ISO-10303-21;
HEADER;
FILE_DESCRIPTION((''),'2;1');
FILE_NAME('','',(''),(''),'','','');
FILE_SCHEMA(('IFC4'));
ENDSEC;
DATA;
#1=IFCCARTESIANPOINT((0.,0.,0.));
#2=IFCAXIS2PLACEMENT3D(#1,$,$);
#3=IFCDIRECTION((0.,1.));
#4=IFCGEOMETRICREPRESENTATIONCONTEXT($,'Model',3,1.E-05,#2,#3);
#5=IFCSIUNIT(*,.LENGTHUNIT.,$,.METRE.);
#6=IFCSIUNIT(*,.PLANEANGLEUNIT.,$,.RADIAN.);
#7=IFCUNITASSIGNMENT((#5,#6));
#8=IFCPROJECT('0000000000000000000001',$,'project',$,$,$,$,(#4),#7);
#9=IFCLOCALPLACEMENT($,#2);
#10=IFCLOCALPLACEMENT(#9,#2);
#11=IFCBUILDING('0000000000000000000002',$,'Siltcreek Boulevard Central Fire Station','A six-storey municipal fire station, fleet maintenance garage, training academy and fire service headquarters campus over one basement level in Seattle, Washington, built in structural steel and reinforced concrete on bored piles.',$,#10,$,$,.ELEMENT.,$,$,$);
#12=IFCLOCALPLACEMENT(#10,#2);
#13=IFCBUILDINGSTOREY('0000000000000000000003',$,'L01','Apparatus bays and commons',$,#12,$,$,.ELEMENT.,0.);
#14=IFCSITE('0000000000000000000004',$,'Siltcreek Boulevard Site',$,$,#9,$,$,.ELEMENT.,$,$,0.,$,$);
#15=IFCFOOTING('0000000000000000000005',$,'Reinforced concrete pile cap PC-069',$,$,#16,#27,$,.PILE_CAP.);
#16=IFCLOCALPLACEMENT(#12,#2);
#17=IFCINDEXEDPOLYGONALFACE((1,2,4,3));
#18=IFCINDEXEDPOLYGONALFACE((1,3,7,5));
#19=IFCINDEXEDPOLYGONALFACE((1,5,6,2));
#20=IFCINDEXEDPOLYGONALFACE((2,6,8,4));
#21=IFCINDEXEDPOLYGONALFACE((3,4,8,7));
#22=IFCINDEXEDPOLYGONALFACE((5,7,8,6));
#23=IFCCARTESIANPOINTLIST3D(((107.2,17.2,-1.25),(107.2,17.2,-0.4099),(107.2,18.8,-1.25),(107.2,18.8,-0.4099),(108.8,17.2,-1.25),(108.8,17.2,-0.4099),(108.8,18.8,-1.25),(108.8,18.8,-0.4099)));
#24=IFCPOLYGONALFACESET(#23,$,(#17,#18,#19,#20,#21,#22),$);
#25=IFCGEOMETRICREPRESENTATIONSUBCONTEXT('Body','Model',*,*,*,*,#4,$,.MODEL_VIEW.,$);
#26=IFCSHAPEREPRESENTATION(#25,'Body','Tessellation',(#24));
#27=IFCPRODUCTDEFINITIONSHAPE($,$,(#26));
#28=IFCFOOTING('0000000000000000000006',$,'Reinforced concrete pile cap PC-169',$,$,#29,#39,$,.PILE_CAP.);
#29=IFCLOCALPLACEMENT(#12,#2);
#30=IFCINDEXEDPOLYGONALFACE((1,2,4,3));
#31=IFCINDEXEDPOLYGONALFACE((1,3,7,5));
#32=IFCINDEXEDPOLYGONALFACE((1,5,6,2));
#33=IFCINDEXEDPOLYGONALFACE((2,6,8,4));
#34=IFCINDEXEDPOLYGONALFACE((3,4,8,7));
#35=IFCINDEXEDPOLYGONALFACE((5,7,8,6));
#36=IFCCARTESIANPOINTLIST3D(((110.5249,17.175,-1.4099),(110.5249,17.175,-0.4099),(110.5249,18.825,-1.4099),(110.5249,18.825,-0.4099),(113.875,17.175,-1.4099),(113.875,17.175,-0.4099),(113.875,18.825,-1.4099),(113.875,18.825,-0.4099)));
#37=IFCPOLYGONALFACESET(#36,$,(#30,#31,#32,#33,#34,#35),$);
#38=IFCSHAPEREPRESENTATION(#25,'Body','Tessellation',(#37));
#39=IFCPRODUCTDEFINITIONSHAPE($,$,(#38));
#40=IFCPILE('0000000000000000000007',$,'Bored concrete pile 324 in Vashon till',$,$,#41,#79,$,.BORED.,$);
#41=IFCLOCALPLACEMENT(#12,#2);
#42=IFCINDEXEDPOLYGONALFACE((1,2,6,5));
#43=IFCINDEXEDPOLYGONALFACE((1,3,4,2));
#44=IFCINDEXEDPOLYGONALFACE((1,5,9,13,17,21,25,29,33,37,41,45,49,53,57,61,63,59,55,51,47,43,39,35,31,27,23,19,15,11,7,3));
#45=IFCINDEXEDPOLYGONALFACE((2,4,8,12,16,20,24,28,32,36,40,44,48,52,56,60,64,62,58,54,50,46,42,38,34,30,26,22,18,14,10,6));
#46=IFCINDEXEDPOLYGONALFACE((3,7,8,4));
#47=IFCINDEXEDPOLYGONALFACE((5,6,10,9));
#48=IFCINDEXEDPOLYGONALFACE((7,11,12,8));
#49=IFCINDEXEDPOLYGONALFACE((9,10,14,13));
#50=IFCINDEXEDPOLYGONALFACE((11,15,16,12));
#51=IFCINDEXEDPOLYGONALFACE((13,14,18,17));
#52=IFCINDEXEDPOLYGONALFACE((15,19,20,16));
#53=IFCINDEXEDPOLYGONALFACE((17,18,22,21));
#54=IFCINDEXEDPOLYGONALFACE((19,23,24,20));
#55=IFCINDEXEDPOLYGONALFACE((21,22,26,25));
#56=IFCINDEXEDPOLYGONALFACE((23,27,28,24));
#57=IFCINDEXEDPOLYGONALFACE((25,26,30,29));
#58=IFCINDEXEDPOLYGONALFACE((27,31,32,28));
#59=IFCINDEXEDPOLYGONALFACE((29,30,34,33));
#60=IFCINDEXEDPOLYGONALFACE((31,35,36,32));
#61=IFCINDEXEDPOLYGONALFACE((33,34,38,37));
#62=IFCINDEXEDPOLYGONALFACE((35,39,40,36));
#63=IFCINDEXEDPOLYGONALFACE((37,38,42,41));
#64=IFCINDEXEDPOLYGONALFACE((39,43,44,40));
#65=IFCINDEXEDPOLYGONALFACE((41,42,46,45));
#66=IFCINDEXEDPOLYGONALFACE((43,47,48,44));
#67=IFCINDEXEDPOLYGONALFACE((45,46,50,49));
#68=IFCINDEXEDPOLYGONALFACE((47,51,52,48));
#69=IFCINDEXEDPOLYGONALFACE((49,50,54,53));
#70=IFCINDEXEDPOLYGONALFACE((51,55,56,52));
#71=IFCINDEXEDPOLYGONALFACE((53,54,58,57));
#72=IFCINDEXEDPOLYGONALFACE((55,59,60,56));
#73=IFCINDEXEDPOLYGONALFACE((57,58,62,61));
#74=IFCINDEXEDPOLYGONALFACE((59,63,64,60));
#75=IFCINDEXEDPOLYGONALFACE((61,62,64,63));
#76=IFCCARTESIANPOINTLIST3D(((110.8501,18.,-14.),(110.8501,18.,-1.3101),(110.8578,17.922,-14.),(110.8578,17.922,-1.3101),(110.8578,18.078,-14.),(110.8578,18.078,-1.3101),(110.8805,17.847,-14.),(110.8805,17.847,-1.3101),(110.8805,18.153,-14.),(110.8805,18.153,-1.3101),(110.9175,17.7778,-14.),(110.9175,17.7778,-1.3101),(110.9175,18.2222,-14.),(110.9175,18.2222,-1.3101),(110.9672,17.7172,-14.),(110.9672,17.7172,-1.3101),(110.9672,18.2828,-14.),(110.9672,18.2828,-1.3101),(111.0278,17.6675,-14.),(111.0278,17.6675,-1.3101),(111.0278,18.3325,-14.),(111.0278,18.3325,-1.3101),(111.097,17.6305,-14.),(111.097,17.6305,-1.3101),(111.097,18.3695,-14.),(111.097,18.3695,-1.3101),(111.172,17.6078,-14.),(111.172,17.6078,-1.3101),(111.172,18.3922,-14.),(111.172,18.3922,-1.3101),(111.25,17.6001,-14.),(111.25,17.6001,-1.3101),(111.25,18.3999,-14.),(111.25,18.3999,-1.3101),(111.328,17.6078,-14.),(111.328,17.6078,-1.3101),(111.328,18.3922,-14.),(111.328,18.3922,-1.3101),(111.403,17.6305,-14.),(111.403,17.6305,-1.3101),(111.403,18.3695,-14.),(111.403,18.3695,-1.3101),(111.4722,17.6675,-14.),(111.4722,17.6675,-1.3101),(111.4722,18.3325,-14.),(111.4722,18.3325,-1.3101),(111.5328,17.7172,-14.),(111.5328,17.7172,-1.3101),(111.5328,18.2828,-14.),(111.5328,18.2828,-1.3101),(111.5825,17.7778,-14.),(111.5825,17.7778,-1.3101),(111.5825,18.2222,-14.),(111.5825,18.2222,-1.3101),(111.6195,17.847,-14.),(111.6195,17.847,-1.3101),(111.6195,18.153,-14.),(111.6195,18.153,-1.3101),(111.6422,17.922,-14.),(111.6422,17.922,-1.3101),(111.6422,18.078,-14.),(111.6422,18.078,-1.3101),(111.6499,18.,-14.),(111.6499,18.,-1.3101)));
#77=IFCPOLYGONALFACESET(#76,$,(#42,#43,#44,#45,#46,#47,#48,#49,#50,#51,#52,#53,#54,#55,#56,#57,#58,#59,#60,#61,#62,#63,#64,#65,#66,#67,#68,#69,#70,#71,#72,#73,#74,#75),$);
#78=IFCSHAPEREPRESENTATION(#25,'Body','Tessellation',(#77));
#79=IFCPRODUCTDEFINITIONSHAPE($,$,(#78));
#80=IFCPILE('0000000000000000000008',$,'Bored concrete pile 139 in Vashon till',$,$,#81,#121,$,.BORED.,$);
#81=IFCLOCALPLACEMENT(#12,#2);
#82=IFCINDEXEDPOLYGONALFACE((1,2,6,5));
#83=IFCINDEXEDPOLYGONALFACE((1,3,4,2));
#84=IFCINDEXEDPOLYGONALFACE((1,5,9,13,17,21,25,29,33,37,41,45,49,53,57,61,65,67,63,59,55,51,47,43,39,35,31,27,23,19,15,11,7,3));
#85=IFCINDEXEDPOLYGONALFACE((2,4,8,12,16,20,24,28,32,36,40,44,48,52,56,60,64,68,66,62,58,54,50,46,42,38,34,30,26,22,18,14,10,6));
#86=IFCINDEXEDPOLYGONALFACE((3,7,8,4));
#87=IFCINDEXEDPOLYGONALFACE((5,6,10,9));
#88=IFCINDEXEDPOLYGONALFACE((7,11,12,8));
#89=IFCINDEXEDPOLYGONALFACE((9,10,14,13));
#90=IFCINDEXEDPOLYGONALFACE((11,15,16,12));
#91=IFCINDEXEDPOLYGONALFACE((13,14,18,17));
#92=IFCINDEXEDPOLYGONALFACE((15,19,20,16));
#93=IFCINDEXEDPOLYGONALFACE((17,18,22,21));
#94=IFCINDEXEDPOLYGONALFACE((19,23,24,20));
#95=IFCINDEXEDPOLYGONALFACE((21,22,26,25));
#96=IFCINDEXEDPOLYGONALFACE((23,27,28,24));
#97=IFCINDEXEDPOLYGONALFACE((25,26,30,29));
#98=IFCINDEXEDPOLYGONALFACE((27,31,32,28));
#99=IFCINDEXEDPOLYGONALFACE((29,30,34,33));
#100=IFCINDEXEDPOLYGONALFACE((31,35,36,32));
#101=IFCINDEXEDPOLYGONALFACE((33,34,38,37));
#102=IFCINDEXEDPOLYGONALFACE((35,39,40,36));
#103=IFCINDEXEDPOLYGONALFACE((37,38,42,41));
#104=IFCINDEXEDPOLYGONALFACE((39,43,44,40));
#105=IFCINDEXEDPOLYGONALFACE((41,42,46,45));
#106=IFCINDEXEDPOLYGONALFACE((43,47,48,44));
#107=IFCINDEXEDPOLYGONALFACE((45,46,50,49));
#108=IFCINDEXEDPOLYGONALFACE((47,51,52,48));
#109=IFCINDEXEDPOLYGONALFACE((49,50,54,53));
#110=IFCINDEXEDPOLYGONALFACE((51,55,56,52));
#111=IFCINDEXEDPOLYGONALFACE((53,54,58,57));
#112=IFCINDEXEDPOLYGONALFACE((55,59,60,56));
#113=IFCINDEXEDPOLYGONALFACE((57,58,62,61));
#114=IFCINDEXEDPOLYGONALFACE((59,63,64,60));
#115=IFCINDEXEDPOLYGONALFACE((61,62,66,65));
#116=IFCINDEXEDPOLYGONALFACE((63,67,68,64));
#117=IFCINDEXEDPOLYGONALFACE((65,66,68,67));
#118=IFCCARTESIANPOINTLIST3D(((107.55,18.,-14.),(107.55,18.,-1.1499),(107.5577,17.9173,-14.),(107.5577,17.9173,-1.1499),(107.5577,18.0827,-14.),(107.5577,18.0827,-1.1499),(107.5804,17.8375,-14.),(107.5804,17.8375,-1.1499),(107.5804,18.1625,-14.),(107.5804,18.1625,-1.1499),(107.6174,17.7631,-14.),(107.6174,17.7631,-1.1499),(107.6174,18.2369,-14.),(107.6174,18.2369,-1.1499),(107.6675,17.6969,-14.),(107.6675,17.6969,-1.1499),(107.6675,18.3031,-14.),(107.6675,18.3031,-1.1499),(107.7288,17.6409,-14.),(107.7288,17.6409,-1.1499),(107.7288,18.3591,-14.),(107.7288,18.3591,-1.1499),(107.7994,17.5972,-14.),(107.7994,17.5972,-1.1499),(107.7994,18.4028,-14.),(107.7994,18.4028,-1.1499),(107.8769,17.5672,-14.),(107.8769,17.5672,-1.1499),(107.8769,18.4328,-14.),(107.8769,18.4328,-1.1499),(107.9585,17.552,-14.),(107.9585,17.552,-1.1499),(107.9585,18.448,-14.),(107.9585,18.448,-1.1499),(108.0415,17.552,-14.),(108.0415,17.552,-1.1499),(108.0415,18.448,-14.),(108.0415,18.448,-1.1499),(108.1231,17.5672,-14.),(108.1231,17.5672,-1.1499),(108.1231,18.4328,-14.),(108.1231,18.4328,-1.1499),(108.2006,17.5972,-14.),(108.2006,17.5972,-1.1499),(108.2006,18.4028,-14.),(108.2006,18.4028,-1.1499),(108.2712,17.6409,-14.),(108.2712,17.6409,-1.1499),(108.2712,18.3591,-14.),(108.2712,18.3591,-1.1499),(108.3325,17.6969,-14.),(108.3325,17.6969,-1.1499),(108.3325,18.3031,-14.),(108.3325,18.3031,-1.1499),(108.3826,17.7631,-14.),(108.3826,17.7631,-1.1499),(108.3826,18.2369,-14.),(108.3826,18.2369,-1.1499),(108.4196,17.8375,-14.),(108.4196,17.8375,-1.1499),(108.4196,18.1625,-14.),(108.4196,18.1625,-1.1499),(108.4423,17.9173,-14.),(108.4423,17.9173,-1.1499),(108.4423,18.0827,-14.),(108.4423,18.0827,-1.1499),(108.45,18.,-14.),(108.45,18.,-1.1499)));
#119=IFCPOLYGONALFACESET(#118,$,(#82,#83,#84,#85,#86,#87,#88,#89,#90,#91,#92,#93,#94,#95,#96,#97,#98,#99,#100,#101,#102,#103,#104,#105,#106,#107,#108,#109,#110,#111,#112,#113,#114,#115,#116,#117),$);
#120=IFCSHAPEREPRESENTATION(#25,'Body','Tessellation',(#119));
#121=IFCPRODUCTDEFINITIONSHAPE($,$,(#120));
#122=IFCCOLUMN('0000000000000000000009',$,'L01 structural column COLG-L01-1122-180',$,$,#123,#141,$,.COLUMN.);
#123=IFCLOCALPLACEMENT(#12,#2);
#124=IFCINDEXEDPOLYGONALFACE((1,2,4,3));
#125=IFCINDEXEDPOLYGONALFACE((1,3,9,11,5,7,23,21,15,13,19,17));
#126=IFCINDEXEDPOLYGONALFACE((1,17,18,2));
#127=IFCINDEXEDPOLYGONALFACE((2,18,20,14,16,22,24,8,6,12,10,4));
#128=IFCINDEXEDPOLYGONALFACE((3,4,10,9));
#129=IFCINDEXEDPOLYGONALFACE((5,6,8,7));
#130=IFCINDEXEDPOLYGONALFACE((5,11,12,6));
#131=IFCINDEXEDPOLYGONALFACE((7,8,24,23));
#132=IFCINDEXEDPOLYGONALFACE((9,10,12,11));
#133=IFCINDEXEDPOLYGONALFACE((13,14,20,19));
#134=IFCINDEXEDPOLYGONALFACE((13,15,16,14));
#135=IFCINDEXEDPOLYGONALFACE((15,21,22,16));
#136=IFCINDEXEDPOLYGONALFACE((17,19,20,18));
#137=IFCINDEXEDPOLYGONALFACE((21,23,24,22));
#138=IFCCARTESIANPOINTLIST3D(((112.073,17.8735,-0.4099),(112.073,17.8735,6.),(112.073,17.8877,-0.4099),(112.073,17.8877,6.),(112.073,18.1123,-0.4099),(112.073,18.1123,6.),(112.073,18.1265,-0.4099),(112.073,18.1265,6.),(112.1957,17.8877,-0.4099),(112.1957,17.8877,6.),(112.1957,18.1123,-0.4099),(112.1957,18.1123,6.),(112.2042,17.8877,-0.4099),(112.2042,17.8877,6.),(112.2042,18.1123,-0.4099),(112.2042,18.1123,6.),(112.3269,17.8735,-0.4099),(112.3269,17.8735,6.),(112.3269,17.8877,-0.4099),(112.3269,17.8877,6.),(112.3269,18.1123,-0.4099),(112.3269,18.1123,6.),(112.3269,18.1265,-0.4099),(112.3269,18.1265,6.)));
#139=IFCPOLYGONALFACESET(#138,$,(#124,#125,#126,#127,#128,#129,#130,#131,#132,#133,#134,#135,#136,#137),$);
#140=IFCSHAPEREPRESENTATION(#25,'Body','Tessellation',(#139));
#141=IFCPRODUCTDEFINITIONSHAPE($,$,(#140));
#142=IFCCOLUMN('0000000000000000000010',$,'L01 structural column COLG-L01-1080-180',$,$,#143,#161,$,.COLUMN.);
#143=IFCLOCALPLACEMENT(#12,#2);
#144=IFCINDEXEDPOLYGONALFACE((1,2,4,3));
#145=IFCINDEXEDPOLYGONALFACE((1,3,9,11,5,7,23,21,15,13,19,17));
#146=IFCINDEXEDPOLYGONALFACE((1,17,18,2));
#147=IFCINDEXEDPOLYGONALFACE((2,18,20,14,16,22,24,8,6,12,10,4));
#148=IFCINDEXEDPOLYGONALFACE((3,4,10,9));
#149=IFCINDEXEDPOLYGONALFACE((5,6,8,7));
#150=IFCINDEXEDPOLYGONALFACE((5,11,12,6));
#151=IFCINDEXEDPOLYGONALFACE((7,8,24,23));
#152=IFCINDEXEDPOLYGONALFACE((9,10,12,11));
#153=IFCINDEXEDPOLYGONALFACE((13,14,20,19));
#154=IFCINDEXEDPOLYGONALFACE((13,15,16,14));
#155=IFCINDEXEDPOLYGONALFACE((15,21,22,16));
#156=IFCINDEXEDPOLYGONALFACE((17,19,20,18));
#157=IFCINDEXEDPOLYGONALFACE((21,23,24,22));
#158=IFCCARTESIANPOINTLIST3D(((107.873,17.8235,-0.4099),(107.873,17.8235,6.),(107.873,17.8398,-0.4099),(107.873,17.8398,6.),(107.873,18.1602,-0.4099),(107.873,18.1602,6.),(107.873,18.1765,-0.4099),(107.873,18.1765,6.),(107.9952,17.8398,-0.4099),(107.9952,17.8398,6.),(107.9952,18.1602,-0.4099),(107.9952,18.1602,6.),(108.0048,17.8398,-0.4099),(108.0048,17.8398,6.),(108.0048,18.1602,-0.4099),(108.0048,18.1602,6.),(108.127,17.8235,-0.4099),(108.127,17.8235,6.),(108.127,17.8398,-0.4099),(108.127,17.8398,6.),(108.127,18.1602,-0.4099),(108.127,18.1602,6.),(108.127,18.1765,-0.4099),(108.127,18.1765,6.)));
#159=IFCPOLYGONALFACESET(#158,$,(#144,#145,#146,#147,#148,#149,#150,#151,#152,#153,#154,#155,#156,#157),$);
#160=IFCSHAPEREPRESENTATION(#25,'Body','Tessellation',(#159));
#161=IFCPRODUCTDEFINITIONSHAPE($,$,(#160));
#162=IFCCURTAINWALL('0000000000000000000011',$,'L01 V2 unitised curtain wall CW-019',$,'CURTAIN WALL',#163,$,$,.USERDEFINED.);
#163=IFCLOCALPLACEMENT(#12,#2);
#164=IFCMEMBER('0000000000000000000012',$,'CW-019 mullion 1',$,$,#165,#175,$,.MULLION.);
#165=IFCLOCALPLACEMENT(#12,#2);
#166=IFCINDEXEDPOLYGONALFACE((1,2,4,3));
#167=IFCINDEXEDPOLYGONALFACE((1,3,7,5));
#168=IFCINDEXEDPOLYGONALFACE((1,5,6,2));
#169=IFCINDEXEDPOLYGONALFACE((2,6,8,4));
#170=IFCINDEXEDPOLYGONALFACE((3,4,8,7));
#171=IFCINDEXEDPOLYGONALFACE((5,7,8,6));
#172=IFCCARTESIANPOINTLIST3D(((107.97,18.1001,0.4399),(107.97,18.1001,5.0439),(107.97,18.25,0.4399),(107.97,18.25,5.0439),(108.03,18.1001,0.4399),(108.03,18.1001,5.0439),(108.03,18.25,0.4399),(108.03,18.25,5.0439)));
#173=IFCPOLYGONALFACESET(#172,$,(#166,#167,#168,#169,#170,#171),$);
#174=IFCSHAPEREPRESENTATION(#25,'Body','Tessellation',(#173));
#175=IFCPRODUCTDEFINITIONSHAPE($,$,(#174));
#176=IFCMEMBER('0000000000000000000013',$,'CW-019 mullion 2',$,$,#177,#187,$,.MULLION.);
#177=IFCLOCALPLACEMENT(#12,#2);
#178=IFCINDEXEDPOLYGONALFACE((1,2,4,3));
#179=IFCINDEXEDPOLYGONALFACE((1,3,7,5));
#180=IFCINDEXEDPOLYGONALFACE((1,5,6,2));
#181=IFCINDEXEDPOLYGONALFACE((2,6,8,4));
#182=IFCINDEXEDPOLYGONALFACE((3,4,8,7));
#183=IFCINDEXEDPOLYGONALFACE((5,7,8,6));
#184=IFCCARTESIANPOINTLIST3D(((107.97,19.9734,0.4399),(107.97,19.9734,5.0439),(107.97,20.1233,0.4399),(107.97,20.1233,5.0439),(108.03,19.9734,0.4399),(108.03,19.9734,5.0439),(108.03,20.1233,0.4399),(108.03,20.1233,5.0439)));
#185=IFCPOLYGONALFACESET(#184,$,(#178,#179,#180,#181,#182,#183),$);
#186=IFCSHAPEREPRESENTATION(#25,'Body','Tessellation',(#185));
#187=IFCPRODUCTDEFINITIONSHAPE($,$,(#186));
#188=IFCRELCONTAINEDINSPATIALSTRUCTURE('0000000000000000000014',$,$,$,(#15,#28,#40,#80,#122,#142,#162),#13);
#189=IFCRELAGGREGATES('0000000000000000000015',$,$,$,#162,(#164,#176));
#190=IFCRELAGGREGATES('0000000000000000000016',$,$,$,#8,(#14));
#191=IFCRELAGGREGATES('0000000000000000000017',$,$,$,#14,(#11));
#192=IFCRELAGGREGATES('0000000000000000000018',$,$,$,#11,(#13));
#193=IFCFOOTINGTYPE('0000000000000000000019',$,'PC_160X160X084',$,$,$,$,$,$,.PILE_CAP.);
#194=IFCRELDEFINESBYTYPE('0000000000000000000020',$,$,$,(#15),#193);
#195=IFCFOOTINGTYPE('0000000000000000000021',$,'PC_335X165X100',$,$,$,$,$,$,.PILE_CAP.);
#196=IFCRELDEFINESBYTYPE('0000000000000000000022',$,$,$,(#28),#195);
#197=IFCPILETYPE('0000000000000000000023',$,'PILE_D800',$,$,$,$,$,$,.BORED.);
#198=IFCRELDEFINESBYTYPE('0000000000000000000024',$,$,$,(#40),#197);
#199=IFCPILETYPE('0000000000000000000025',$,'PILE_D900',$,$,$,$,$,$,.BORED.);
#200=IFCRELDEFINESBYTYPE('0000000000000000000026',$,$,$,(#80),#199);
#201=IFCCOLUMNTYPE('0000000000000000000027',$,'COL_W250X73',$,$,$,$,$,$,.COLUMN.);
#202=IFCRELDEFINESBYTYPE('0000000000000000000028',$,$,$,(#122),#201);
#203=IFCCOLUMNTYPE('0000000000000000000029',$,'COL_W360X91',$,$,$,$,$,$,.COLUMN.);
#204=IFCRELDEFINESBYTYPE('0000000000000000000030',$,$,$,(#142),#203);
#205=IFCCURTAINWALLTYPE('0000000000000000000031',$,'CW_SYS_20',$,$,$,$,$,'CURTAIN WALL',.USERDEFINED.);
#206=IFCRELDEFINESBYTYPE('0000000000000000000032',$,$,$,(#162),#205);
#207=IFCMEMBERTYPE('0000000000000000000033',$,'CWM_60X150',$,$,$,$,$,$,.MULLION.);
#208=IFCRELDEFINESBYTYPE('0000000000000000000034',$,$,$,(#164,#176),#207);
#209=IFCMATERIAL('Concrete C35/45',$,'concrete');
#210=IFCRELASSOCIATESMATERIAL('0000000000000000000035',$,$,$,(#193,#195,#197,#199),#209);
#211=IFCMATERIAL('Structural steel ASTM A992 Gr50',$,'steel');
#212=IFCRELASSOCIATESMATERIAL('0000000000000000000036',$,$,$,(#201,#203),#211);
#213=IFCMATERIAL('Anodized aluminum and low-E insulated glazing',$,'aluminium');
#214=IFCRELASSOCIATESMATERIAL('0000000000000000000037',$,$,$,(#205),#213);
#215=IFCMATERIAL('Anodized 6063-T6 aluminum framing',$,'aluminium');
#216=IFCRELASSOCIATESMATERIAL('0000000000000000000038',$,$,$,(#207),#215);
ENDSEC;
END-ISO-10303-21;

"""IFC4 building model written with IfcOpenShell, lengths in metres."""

from ifc_helpers import new_model, si_unit, direction, frame, origin, origin_2d, place, context, subcontext, project, spatial, rectangle, circle, i_section, extrude, material, material_profile, profile_set, type_object, element, aggregate, save


model = new_model("IFC4")

# Units and contexts
model_context = context("Model", 3, precision=1e-05, world=origin(), true_north=direction((0.0, 1.0)))
body_context = subcontext(model_context, "Body", "Model", "MODEL_VIEW")
ifc_project = project(units=[si_unit("LENGTHUNIT", "METRE"), si_unit("PLANEANGLEUNIT", "RADIAN")], contexts=[model_context])

# Site, building, storey
site_placement = place(None, origin())
site = spatial("IfcSite", under=ifc_project, at=site_placement, Name="Siltcreek Boulevard Site", CompositionType="ELEMENT", RefElevation=0.0)
building_placement = place(site_placement, origin())
building = spatial("IfcBuilding", under=site, at=building_placement, Name="Siltcreek Boulevard Central Fire Station", Description="A six-storey municipal fire station, fleet maintenance garage, training academy and fire service headquarters campus over one basement level in Seattle, Washington, built in structural steel and reinforced concrete on bored piles.", CompositionType="ELEMENT")
storey_placement = place(building_placement, origin())
storey = spatial("IfcBuildingStorey", under=building, at=storey_placement, Name="L01", Description="Apparatus bays and commons", CompositionType="ELEMENT", Elevation=0.0)

# Footings
ifc_material_1 = material(Name="Concrete C35/45", Category="concrete")
footing_type_1 = type_object("IfcFootingType", Name="PC_160X160X084", PredefinedType="PILE_CAP", material=ifc_material_1)
footing_1_placement = place(storey_placement, frame((108.0, 18.0, -1.25), z_axis=(0.0, 0.0, 1.0), x_axis=(1.0, 0.0, 0.0)))
element("IfcFooting", 1, at=footing_1_placement, inside=storey, type_object=footing_type_1, Name="Reinforced concrete pile cap PC-069", PredefinedType="PILE_CAP", context=body_context, shape_type="SweptSolid", body=[
    extrude(rectangle(XDim=1.6001, YDim=1.6001, at=origin_2d()), origin(), (0.0, 0.0, 1.0), 0.8401),
])
footing_type_2 = type_object("IfcFootingType", Name="PC_335X165X100", PredefinedType="PILE_CAP", material=ifc_material_1)
footing_2_placement = place(storey_placement, frame((112.2, 18.0, -1.4099), z_axis=(0.0, 0.0, 1.0), x_axis=(1.0, 0.0, 0.0)))
element("IfcFooting", 2, at=footing_2_placement, inside=storey, type_object=footing_type_2, Name="Reinforced concrete pile cap PC-169", PredefinedType="PILE_CAP", context=body_context, shape_type="SweptSolid", body=[
    extrude(rectangle(XDim=3.3501, YDim=1.6499, at=origin_2d()), origin(), (0.0, 0.0, 1.0), 1.0),
])

# Piles
ifc_material_profile_1 = material_profile(ifc_material_1, circle(Radius=0.3999, at=origin_2d()), Name="SHAFT800")
ifc_profile_set_1 = profile_set([ifc_material_profile_1], Name="Concrete C35/45")
pile_type_1 = type_object("IfcPileType", Name="PILE_D800", PredefinedType="BORED", material=ifc_profile_set_1)
pile_1_placement = place(storey_placement, frame((111.25, 18.0, -1.3101), z_axis=(0.0, 0.0, -1.0), x_axis=(1.0, 0.0, 0.0)))
element("IfcPile", 3, at=pile_1_placement, inside=storey, type_object=pile_type_1, Name="Bored concrete pile 324 in Vashon till", PredefinedType="BORED", context=body_context, shape_type="SweptSolid", body=[
    extrude(circle(Radius=0.3999, at=origin_2d()), origin(), (0.0, 0.0, 1.0), 12.6899),
])
ifc_material_profile_2 = material_profile(ifc_material_1, circle(Radius=0.45, at=origin_2d()), Name="SHAFT900")
ifc_profile_set_2 = profile_set([ifc_material_profile_2], Name="Concrete C35/45")
pile_type_2 = type_object("IfcPileType", Name="PILE_D900", PredefinedType="BORED", material=ifc_profile_set_2)
pile_2_placement = place(storey_placement, frame((108.0, 18.0, -1.1499), z_axis=(0.0, 0.0, -1.0), x_axis=(1.0, 0.0, 0.0)))
element("IfcPile", 4, at=pile_2_placement, inside=storey, type_object=pile_type_2, Name="Bored concrete pile 139 in Vashon till", PredefinedType="BORED", context=body_context, shape_type="SweptSolid", body=[
    extrude(circle(Radius=0.45, at=origin_2d()), origin(), (0.0, 0.0, 1.0), 12.8501),
])

# Columns
ifc_material_2 = material(Name="Structural steel ASTM A992 Gr50", Category="steel")
ifc_material_profile_3 = material_profile(ifc_material_2, i_section(OverallWidth=0.2539, OverallDepth=0.2529, WebThickness=0.0085, FlangeThickness=0.0142, at=origin_2d()), Name="W250X73")
ifc_profile_set_3 = profile_set([ifc_material_profile_3], Name="Structural steel ASTM A992 Gr50")
column_type_1 = type_object("IfcColumnType", Name="COL_W250X73", PredefinedType="COLUMN", material=ifc_profile_set_3)
column_1_placement = place(storey_placement, frame((112.2, 18.0, -0.4099), z_axis=(0.0, 0.0, 1.0), x_axis=(1.0, 0.0, 0.0)))
element("IfcColumn", 5, at=column_1_placement, inside=storey, type_object=column_type_1, Name="L01 structural column COLG-L01-1122-180", PredefinedType="COLUMN", context=body_context, shape_type="SweptSolid", body=[
    extrude(i_section(OverallWidth=0.2539, OverallDepth=0.2529, WebThickness=0.0085, FlangeThickness=0.0142, at=origin_2d()), origin(), (0.0, 0.0, 1.0), 6.4099),
])
ifc_material_profile_4 = material_profile(ifc_material_2, i_section(OverallWidth=0.2539, OverallDepth=0.353, WebThickness=0.0095, FlangeThickness=0.0164, at=origin_2d()), Name="W360X91")
ifc_profile_set_4 = profile_set([ifc_material_profile_4], Name="Structural steel ASTM A992 Gr50")
column_type_2 = type_object("IfcColumnType", Name="COL_W360X91", PredefinedType="COLUMN", material=ifc_profile_set_4)
column_2_placement = place(storey_placement, frame((108.0, 18.0, -0.4099), z_axis=(0.0, 0.0, 1.0), x_axis=(1.0, 0.0, 0.0)))
element("IfcColumn", 6, at=column_2_placement, inside=storey, type_object=column_type_2, Name="L01 structural column COLG-L01-1080-180", PredefinedType="COLUMN", context=body_context, shape_type="SweptSolid", body=[
    extrude(i_section(OverallWidth=0.2539, OverallDepth=0.353, WebThickness=0.0095, FlangeThickness=0.0164, at=origin_2d()), origin(), (0.0, 0.0, 1.0), 6.4099),
])

# Curtain wall, members
ifc_material_3 = material(Name="Anodized aluminum and low-E insulated glazing", Category="aluminium")
curtain_wall_type_1 = type_object("IfcCurtainWallType", Name="CW_SYS_20", ElementType="CURTAIN WALL", PredefinedType="USERDEFINED", material=ifc_material_3)
curtain_wall_1_placement = place(storey_placement, origin())
curtain_wall_1 = element("IfcCurtainWall", 7, at=curtain_wall_1_placement, inside=storey, type_object=curtain_wall_type_1, Name="L01 V2 unitised curtain wall CW-019", ObjectType="CURTAIN WALL", PredefinedType="USERDEFINED")
ifc_material_4 = material(Name="Anodized 6063-T6 aluminum framing", Category="aluminium")
ifc_material_profile_5 = material_profile(ifc_material_4, rectangle(XDim=0.0601, YDim=0.1499, at=origin_2d()), Name="MULL60X150")
ifc_profile_set_5 = profile_set([ifc_material_profile_5], Name="Anodized 6063-T6 aluminum framing")
member_type_1 = type_object("IfcMemberType", Name="CWM_60X150", PredefinedType="MULLION", material=ifc_profile_set_5)
member_1_placement = place(storey_placement, frame((108.0, 18.175, 0.4399), z_axis=(0.0, 0.0, 1.0), x_axis=(-1.0, 0.0, 0.0)))
member_1 = element("IfcMember", 8, at=member_1_placement, type_object=member_type_1, Name="CW-019 mullion 1", PredefinedType="MULLION", context=body_context, shape_type="SweptSolid", body=[
    extrude(rectangle(XDim=0.0601, YDim=0.1499, at=origin_2d()), origin(), (0.0, 0.0, 1.0), 4.604),
])
member_2_placement = place(storey_placement, frame((108.0, 20.0483, 0.4399), z_axis=(0.0, 0.0, 1.0), x_axis=(-1.0, 0.0, 0.0)))
member_2 = element("IfcMember", 9, at=member_2_placement, type_object=member_type_1, Name="CW-019 mullion 2", PredefinedType="MULLION", context=body_context, shape_type="SweptSolid", body=[
    extrude(rectangle(XDim=0.0601, YDim=0.1499, at=origin_2d()), origin(), (0.0, 0.0, 1.0), 4.604),
])

aggregate(curtain_wall_1, [member_1, member_2])

save(model, "model.ifc")
